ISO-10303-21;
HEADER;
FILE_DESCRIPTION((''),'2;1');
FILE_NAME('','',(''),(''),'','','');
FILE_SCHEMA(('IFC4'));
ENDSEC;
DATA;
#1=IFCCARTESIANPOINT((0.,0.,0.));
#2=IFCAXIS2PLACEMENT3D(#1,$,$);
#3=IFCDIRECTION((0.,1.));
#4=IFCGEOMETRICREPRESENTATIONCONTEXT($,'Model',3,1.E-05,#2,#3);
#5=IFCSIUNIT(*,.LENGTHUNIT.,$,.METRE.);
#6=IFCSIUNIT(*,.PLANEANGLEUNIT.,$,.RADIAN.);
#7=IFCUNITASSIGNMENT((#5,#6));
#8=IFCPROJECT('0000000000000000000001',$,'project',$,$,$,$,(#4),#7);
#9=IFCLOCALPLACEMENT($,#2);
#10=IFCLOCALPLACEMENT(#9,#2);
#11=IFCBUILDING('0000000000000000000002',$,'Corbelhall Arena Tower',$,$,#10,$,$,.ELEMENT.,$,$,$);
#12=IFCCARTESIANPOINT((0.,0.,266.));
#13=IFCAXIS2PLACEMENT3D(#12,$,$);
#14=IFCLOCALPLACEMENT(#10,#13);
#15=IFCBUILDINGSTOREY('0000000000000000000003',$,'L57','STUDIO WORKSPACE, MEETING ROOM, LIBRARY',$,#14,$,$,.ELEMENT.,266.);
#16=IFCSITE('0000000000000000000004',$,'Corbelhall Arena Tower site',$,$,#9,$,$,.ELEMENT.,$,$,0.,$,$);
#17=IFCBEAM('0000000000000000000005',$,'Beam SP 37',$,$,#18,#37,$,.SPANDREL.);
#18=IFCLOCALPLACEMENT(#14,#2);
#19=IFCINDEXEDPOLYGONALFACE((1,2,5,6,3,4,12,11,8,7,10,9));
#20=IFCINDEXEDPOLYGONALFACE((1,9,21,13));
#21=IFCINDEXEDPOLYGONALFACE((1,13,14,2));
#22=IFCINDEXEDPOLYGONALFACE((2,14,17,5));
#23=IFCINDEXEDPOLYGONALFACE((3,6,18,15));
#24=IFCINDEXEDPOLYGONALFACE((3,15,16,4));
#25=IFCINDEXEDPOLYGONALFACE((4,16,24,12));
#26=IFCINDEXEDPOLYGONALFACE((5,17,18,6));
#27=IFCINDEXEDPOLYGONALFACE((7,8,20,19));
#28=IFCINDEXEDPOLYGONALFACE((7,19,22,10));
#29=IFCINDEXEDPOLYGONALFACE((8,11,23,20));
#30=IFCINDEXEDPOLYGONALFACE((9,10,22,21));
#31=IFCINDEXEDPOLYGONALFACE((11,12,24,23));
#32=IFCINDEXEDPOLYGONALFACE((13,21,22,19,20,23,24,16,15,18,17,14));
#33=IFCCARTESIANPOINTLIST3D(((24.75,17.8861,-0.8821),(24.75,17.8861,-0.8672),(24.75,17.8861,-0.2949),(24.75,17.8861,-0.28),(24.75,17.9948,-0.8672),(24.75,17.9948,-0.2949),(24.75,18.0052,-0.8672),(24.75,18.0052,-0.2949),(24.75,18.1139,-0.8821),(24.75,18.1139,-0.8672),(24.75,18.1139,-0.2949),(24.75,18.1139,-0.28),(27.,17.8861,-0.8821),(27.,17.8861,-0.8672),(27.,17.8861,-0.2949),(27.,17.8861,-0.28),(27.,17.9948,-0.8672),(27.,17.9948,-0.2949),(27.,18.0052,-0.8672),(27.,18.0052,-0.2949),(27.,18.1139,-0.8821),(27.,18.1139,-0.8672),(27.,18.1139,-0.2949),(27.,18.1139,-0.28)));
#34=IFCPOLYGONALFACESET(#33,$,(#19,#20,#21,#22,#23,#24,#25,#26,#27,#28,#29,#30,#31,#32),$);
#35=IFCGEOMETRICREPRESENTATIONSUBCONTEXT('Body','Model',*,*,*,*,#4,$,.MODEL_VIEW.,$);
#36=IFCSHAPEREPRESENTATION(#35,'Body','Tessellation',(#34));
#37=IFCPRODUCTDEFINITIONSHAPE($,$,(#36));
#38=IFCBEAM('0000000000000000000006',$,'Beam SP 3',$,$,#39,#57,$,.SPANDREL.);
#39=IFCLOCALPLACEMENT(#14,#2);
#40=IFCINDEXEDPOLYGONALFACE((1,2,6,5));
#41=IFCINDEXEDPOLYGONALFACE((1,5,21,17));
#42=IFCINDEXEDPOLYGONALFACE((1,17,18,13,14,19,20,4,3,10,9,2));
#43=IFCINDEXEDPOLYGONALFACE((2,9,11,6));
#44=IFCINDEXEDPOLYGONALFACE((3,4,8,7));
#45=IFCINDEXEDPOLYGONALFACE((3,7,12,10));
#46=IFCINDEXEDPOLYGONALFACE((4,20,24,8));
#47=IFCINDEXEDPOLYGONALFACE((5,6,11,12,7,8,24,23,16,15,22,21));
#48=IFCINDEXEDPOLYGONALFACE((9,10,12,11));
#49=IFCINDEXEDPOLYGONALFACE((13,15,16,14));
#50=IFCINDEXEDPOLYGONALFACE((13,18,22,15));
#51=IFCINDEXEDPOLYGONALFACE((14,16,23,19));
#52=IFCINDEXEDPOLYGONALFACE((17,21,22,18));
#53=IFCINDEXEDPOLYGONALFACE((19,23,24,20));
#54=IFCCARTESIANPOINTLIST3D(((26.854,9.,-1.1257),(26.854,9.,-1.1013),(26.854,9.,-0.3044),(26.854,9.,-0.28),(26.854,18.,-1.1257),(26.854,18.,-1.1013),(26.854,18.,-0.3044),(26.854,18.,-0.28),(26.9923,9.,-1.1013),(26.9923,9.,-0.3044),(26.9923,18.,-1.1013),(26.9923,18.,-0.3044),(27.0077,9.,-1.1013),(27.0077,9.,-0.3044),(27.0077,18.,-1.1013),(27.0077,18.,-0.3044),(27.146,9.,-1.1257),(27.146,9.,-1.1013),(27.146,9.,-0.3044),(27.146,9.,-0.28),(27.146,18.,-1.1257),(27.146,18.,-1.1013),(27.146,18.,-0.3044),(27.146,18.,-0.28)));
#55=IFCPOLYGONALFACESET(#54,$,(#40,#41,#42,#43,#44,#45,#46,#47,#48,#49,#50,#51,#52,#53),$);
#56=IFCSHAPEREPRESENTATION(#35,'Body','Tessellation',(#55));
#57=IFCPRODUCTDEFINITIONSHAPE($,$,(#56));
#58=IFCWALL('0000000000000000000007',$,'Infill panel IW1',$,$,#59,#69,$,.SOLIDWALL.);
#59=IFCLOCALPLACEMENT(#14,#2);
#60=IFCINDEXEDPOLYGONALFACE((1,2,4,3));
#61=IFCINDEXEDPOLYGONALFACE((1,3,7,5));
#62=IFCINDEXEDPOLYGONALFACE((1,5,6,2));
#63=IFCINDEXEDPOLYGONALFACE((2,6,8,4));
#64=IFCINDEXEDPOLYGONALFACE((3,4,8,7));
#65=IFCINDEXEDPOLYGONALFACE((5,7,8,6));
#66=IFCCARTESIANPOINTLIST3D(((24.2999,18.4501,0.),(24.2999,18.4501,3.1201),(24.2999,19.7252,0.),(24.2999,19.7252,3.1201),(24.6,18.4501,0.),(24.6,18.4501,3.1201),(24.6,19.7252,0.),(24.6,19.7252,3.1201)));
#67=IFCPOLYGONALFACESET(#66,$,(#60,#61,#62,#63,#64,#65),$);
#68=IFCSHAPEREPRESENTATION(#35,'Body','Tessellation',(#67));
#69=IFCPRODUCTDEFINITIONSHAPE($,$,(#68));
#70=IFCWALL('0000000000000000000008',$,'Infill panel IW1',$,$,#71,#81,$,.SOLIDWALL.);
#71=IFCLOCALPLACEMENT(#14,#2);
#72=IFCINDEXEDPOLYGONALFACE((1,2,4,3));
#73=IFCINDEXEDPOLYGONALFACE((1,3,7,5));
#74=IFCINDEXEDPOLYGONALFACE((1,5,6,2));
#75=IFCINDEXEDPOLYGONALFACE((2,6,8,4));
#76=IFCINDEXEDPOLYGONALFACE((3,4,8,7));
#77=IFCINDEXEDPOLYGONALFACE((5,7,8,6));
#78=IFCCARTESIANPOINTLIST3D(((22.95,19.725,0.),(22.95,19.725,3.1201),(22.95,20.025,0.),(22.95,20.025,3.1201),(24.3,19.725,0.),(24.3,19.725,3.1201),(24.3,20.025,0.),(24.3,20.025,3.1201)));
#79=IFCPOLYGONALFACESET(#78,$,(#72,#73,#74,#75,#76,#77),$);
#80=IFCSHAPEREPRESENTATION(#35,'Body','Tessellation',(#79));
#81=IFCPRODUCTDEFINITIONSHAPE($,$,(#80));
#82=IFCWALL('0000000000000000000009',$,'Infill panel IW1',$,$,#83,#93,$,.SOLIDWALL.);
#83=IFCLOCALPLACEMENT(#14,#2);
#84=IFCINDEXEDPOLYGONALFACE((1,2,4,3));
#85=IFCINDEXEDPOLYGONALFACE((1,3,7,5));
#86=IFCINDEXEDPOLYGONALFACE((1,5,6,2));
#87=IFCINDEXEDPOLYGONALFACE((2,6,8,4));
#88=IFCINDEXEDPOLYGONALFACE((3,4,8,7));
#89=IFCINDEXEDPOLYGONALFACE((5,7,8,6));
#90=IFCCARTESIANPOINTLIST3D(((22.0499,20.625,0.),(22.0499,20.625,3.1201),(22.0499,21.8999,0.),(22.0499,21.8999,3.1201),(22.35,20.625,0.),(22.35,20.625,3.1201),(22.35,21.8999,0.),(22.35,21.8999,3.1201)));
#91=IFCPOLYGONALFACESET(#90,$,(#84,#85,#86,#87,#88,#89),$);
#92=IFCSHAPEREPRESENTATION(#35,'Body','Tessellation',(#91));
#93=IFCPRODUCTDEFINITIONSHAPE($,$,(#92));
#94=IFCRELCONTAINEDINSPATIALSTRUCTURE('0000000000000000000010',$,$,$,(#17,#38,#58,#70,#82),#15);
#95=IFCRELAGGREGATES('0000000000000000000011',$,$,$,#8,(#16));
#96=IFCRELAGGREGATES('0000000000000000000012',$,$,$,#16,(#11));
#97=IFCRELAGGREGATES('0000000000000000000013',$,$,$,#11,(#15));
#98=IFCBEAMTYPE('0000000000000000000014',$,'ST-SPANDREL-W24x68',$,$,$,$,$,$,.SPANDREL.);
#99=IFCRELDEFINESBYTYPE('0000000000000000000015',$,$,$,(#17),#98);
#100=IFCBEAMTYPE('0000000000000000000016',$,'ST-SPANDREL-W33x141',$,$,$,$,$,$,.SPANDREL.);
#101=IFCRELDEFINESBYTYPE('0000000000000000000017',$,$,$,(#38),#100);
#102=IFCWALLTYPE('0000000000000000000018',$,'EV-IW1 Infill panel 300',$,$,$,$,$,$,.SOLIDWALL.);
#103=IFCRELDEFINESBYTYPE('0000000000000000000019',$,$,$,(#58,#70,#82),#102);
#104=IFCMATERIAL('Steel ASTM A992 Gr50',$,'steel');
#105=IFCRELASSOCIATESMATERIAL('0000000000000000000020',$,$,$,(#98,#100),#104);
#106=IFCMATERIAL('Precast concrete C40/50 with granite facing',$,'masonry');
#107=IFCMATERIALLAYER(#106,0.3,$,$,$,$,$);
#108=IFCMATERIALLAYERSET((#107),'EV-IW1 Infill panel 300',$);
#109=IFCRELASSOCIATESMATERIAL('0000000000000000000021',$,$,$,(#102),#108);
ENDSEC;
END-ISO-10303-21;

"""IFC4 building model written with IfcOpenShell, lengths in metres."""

from ifc_helpers import new_model, si_unit, direction, frame, frame_2d, origin, origin_2d, place, context, subcontext, project, spatial, rectangle, i_section, extrude, material, layer, layer_set, material_profile, profile_set, type_object, element, save


model = new_model("IFC4")

# Units and contexts
model_context = context("Model", 3, precision=1e-05, world=origin(), true_north=direction((0.0, 1.0)))
body_context = subcontext(model_context, "Body", "Model", "MODEL_VIEW")
ifc_project = project(units=[si_unit("LENGTHUNIT", "METRE"), si_unit("PLANEANGLEUNIT", "RADIAN")], contexts=[model_context])

# Site, building, storey
site_placement = place(None, origin())
site = spatial("IfcSite", under=ifc_project, at=site_placement, Name="Corbelhall Arena Tower site", CompositionType="ELEMENT", RefElevation=0.0)
building_placement = place(site_placement, origin())
building = spatial("IfcBuilding", under=site, at=building_placement, Name="Corbelhall Arena Tower", CompositionType="ELEMENT")
storey_placement = place(building_placement, frame((0.0, 0.0, 266.0)))
storey = spatial("IfcBuildingStorey", under=building, at=storey_placement, Name="L57", Description="STUDIO WORKSPACE, MEETING ROOM, LIBRARY", CompositionType="ELEMENT", Elevation=266.0)

# Beams
ifc_material_1 = material(Name="Steel ASTM A992 Gr50", Category="steel")
ifc_material_profile_1 = material_profile(ifc_material_1, i_section(OverallWidth=0.2278, OverallDepth=0.6021, WebThickness=0.0105, FlangeThickness=0.0149, at=origin_2d()))
ifc_profile_set_1 = profile_set([ifc_material_profile_1], Name="Steel ASTM A992 Gr50")
beam_type_1 = type_object("IfcBeamType", Name="ST-SPANDREL-W24x68", PredefinedType="SPANDREL", material=ifc_profile_set_1)
beam_1_placement = place(storey_placement, frame((24.75, 18.0, -0.5811), z_axis=(1.0, 0.0, 0.0), x_axis=(0.0, 1.0, 0.0)))
element("IfcBeam", 1, at=beam_1_placement, inside=storey, type_object=beam_type_1, Name="Beam SP 37", PredefinedType="SPANDREL", context=body_context, shape_type="SweptSolid", body=[
    extrude(i_section(OverallWidth=0.2278, OverallDepth=0.6021, WebThickness=0.0105, FlangeThickness=0.0149, at=origin_2d()), origin(), (0.0, 0.0, 1.0), 2.25),
])
ifc_material_profile_2 = material_profile(ifc_material_1, i_section(OverallWidth=0.292, OverallDepth=0.8457, WebThickness=0.0154, FlangeThickness=0.0244, at=origin_2d()))
ifc_profile_set_2 = profile_set([ifc_material_profile_2], Name="Steel ASTM A992 Gr50")
beam_type_2 = type_object("IfcBeamType", Name="ST-SPANDREL-W33x141", PredefinedType="SPANDREL", material=ifc_profile_set_2)
beam_2_placement = place(storey_placement, frame((27.0, 18.0, -0.7029), z_axis=(0.0, -1.0, 0.0), x_axis=(1.0, 0.0, 0.0)))
element("IfcBeam", 2, at=beam_2_placement, inside=storey, type_object=beam_type_2, Name="Beam SP 3", PredefinedType="SPANDREL", context=body_context, shape_type="SweptSolid", body=[
    extrude(i_section(OverallWidth=0.292, OverallDepth=0.8457, WebThickness=0.0154, FlangeThickness=0.0244, at=origin_2d()), origin(), (0.0, 0.0, 1.0), 9.0),
])

# Walls
ifc_material_2 = material(Name="Precast concrete C40/50 with granite facing", Category="masonry")
ifc_layer_1 = layer(ifc_material_2, 0.3)
ifc_layer_set_1 = layer_set([ifc_layer_1], Name="EV-IW1 Infill panel 300")
wall_type_1 = type_object("IfcWallType", Name="EV-IW1 Infill panel 300", PredefinedType="SOLIDWALL", material=ifc_layer_set_1)
wall_1_placement = place(storey_placement, frame((24.45, 18.45, 0.0), z_axis=(0.0, 0.0, 1.0), x_axis=(0.0, 1.0, 0.0)))
element("IfcWall", 3, at=wall_1_placement, inside=storey, type_object=wall_type_1, Name="Infill panel IW1", PredefinedType="SOLIDWALL", context=body_context, shape_type="SweptSolid", body=[
    extrude(rectangle(XDim=1.2751, YDim=0.3, at=frame_2d((0.6377, 0.0))), origin(), (0.0, 0.0, 1.0), 3.1201),
])
wall_2_placement = place(storey_placement, frame((24.3, 19.875, 0.0), z_axis=(0.0, 0.0, 1.0), x_axis=(-1.0, 0.0, 0.0)))
element("IfcWall", 4, at=wall_2_placement, inside=storey, type_object=wall_type_1, Name="Infill panel IW1", PredefinedType="SOLIDWALL", context=body_context, shape_type="SweptSolid", body=[
    extrude(rectangle(XDim=1.3501, YDim=0.3, at=frame_2d((0.675, 0.0))), origin(), (0.0, 0.0, 1.0), 3.1201),
])
wall_3_placement = place(storey_placement, frame((22.2, 20.625, 0.0), z_axis=(0.0, 0.0, 1.0), x_axis=(0.0, 1.0, 0.0)))
element("IfcWall", 5, at=wall_3_placement, inside=storey, type_object=wall_type_1, Name="Infill panel IW1", PredefinedType="SOLIDWALL", context=body_context, shape_type="SweptSolid", body=[
    extrude(rectangle(XDim=1.2749, YDim=0.3, at=frame_2d((0.6375, 0.0))), origin(), (0.0, 0.0, 1.0), 3.1201),
])

save(model, "model.ifc")
